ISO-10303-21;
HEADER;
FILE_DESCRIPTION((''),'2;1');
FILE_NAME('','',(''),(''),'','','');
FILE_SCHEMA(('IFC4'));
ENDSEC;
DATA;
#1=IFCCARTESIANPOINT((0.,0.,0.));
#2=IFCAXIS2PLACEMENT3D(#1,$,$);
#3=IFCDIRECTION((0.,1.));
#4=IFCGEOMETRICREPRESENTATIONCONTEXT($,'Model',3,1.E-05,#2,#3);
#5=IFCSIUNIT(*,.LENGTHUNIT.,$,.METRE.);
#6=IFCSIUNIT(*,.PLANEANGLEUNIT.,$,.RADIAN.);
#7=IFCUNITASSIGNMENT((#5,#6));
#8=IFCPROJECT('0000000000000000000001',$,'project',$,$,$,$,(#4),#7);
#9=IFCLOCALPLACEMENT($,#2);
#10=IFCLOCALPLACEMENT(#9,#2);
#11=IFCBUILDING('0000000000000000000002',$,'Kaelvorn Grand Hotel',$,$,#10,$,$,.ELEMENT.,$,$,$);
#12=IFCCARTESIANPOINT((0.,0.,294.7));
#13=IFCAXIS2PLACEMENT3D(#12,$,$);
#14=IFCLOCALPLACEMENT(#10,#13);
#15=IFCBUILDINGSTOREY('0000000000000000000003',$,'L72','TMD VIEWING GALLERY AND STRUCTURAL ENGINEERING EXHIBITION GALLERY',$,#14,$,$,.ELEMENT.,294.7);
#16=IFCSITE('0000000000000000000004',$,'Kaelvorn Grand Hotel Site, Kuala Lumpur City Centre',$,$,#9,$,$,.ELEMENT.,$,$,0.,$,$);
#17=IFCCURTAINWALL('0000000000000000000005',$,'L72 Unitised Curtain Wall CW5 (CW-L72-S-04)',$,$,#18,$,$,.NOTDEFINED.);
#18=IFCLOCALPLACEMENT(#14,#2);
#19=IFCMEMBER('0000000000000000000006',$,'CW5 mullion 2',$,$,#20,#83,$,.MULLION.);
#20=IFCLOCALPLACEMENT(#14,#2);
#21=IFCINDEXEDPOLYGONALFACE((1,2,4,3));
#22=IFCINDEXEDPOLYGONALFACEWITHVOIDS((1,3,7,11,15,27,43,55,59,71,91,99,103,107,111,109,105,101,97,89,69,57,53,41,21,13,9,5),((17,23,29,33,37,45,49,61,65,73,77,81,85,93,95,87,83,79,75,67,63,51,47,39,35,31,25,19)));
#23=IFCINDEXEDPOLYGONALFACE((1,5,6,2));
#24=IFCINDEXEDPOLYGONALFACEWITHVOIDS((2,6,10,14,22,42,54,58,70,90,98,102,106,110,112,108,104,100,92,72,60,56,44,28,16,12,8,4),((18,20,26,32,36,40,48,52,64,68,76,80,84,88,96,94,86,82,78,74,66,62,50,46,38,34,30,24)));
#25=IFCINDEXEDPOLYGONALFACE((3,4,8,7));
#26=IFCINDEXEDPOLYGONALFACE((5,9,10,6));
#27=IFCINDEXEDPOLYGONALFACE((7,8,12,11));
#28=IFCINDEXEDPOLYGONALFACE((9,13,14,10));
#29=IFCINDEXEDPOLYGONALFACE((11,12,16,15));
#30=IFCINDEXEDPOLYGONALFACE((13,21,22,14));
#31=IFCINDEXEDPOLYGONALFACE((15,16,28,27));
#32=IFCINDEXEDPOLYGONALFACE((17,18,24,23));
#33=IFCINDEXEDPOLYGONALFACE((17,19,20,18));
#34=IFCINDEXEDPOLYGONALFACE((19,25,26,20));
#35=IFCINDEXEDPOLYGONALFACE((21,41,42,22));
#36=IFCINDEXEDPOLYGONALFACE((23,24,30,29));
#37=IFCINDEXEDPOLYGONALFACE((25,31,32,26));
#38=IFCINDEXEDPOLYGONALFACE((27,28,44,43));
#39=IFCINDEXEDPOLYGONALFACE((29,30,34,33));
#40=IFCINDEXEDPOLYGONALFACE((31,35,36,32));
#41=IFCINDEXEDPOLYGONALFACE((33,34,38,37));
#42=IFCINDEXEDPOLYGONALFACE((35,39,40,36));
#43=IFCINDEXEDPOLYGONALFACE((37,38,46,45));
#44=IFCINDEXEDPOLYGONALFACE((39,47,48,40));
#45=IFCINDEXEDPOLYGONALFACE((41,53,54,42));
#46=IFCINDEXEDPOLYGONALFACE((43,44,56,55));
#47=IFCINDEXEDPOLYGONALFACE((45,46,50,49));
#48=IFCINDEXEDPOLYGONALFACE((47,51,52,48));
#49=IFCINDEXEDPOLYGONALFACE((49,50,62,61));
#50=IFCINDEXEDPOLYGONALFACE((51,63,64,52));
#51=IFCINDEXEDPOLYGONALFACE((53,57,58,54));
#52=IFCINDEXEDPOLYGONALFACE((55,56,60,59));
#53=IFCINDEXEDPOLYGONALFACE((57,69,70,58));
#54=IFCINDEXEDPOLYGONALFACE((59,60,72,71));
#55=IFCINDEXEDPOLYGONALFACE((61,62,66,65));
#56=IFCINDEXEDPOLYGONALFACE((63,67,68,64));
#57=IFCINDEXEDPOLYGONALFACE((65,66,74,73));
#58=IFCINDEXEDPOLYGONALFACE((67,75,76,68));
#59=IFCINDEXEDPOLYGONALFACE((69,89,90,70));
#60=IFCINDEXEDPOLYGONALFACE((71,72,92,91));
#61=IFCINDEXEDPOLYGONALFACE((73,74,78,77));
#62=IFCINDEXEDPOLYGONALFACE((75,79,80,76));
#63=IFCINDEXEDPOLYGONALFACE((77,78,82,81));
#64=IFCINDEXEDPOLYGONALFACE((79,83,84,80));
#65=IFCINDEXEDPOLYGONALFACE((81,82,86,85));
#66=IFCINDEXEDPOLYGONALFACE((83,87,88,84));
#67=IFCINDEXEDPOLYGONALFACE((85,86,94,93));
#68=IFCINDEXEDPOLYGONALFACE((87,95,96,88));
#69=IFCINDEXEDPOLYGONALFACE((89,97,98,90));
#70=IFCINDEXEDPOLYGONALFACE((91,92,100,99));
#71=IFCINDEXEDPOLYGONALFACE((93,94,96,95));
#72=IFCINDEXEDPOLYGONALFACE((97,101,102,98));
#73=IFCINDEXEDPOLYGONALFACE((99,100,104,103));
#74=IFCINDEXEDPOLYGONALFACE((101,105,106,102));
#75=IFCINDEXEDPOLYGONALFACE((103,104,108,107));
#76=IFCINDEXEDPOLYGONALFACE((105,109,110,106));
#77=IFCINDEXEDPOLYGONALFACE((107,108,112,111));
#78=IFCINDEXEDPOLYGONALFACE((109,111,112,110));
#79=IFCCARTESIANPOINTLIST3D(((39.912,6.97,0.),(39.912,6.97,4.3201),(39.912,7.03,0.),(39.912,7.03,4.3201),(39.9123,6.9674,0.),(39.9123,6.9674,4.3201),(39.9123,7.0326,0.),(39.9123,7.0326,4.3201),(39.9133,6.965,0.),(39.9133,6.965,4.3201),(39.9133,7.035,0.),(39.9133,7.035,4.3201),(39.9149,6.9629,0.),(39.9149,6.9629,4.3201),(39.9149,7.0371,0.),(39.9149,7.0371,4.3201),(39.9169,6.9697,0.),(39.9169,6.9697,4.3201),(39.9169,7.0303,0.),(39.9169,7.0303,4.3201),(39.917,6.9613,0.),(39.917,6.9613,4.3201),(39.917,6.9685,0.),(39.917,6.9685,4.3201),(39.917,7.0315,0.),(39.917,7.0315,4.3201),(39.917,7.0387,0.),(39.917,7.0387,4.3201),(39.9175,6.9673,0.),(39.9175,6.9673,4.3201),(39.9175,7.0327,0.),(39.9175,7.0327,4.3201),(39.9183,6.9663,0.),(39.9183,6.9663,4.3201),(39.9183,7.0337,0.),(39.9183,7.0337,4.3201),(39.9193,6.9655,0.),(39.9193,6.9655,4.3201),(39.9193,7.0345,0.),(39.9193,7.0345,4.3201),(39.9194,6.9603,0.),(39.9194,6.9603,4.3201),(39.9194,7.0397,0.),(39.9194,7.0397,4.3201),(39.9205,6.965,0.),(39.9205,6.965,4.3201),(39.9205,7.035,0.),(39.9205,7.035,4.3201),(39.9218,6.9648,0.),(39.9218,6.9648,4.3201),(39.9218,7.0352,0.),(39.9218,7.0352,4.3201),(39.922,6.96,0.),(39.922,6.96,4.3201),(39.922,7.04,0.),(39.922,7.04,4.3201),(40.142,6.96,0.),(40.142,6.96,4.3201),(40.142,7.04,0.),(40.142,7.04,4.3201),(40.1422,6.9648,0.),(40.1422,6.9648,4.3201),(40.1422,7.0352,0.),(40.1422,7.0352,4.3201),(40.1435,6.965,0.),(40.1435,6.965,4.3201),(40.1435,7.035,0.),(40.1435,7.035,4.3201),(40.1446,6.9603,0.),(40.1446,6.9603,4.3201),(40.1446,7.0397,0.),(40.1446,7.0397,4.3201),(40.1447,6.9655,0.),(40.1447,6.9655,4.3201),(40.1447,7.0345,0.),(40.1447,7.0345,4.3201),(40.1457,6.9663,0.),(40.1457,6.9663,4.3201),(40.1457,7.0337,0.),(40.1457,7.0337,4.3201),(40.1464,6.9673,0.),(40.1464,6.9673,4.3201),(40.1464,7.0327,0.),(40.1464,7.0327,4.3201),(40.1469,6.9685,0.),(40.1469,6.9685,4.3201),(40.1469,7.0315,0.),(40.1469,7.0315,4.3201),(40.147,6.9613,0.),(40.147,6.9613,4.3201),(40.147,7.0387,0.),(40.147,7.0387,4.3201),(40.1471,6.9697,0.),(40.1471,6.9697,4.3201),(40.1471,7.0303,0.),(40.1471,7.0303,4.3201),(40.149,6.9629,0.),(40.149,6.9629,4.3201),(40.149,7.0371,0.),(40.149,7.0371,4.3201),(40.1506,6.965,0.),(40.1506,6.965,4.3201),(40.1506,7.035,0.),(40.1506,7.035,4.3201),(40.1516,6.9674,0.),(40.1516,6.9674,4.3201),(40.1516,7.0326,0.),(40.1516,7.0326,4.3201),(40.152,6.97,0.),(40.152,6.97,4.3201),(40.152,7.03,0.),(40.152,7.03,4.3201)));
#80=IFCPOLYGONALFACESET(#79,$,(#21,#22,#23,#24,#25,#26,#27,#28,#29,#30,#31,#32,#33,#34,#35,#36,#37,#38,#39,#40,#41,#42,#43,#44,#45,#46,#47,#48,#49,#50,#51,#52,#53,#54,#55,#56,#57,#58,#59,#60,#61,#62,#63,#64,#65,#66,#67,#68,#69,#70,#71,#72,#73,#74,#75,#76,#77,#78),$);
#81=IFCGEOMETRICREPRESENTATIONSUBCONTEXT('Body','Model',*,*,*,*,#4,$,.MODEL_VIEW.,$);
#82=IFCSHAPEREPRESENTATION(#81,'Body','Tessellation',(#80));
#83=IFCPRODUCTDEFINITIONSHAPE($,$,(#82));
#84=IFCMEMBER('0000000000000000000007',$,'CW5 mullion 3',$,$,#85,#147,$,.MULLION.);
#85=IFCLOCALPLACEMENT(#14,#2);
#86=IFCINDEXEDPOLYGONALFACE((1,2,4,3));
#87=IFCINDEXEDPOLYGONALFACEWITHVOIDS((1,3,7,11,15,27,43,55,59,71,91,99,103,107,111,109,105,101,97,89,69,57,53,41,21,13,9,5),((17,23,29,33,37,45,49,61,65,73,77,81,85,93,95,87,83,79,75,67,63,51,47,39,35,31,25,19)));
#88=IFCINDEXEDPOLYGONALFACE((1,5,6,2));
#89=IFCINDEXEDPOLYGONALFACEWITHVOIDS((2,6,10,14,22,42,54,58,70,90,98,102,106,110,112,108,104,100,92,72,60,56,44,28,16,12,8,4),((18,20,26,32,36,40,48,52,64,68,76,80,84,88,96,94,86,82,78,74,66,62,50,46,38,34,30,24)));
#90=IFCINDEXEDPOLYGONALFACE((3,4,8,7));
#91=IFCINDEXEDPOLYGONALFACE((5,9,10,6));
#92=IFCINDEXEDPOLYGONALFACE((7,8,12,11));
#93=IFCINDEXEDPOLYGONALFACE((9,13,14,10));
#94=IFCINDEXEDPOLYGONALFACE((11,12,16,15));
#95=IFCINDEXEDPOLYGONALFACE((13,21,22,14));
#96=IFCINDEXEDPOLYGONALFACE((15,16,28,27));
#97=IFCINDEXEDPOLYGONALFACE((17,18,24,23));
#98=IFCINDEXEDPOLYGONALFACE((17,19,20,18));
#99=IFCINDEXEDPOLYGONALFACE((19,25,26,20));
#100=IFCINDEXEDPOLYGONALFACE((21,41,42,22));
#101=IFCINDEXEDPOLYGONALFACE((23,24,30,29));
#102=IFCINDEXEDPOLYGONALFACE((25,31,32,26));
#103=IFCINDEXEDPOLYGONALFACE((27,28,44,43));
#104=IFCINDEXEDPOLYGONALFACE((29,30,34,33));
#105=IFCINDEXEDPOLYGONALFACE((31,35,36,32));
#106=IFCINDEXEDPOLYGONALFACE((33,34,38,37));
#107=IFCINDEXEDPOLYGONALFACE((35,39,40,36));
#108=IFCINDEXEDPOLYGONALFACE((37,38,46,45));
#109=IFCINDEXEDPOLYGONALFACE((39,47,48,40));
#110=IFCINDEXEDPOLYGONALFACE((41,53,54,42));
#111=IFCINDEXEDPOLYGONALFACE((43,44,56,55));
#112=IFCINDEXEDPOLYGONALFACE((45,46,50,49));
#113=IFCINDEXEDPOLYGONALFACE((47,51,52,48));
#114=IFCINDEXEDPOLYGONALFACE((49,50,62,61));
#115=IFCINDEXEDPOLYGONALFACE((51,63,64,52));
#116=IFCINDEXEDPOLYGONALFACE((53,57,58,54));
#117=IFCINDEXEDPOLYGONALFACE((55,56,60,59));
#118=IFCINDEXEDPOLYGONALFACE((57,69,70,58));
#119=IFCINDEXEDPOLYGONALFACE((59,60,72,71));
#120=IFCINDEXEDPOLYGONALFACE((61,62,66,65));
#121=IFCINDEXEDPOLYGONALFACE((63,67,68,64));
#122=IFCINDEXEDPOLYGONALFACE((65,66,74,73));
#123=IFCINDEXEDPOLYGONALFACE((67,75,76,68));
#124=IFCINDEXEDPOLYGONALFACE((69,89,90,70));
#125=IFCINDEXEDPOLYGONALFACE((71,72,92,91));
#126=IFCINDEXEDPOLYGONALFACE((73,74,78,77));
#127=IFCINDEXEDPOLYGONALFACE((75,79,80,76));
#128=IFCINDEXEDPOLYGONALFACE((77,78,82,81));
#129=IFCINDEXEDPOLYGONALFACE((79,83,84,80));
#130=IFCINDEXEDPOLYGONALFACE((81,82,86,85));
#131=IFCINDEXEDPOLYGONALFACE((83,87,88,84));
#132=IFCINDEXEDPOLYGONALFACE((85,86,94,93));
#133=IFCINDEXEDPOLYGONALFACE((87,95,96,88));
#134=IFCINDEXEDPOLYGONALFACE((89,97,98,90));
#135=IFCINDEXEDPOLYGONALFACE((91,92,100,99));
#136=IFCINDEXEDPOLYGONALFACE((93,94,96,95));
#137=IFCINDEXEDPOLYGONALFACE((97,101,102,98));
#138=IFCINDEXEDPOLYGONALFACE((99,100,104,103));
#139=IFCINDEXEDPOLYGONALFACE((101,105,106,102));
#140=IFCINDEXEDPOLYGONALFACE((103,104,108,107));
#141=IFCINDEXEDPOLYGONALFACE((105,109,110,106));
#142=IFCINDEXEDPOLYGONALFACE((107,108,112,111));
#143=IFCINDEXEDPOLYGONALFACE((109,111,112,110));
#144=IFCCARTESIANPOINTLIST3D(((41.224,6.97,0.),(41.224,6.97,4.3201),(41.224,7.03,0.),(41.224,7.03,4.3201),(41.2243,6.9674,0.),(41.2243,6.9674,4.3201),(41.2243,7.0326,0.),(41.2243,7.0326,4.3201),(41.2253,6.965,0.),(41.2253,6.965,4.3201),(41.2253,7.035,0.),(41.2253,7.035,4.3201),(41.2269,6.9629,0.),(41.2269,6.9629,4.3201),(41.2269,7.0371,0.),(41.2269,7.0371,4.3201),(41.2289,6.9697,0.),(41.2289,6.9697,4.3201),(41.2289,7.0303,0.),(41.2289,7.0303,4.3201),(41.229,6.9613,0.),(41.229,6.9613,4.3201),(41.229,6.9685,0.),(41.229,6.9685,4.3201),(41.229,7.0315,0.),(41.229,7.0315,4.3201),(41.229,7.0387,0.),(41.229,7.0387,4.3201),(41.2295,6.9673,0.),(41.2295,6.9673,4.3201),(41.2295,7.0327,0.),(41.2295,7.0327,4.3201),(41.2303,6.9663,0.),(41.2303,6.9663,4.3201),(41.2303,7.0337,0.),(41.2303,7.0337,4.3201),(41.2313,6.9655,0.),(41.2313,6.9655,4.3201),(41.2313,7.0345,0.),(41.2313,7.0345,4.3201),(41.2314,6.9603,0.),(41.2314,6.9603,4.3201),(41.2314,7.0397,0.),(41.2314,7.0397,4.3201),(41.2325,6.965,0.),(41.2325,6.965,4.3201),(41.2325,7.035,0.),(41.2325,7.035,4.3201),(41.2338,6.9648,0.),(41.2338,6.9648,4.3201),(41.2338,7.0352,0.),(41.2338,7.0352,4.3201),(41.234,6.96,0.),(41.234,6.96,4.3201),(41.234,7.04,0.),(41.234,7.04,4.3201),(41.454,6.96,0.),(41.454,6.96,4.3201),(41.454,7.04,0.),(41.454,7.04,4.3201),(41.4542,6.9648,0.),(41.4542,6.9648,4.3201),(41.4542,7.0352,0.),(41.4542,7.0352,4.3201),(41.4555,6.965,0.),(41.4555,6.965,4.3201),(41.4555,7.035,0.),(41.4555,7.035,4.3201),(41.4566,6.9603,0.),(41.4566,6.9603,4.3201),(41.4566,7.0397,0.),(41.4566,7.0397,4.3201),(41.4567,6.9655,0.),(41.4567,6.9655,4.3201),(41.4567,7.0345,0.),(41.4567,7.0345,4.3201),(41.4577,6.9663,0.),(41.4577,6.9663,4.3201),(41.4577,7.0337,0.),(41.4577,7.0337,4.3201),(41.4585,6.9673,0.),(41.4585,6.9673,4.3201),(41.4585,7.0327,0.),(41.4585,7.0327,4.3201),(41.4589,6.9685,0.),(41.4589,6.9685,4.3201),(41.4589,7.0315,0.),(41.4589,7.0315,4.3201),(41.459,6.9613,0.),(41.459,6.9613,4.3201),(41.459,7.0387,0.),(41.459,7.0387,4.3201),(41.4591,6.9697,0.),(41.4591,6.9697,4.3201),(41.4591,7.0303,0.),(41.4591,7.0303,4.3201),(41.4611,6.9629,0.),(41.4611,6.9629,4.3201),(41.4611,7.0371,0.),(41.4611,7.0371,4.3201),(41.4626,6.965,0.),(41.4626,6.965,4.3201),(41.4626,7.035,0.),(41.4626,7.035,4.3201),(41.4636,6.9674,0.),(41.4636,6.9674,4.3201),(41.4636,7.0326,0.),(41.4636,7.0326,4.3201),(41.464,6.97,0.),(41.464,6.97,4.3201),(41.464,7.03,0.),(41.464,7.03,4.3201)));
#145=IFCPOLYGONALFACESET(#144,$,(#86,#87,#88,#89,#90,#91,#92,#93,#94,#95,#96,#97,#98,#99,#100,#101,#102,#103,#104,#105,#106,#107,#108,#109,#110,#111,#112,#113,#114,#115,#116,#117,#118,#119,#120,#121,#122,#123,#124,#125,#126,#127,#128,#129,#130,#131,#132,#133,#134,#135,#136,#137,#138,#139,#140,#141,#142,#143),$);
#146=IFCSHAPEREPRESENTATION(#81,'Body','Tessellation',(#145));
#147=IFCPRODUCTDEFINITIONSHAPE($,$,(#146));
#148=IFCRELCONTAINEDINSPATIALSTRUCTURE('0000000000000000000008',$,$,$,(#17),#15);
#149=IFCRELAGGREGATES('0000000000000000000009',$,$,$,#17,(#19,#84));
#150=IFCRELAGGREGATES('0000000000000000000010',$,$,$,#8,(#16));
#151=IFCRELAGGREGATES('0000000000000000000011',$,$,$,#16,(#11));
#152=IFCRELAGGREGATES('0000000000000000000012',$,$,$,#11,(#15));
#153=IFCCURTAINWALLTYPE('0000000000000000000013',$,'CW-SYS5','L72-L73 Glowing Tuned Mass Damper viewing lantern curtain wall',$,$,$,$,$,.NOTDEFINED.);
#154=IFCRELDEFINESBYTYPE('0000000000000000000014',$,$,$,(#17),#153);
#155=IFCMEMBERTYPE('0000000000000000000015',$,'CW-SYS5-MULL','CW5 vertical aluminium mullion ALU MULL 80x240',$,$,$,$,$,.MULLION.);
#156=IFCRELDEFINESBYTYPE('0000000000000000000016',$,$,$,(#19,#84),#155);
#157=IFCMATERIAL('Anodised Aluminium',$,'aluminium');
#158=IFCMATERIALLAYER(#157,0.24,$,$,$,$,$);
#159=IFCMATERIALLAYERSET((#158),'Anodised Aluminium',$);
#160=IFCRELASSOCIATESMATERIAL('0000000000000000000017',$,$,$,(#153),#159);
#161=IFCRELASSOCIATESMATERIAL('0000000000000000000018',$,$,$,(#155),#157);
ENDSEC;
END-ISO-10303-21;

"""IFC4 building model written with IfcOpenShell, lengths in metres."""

from ifc_helpers import new_model, si_unit, direction, frame, origin, origin_2d, place, context, subcontext, project, spatial, hollow_rectangle, extrude, material, layer, layer_set, material_profile, profile_set, type_object, element, aggregate, save


model = new_model("IFC4")

# Units and contexts
model_context = context("Model", 3, precision=1e-05, world=origin(), true_north=direction((0.0, 1.0)))
body_context = subcontext(model_context, "Body", "Model", "MODEL_VIEW")
ifc_project = project(units=[si_unit("LENGTHUNIT", "METRE"), si_unit("PLANEANGLEUNIT", "RADIAN")], contexts=[model_context])

# Site, building, storey
site_placement = place(None, origin())
site = spatial("IfcSite", under=ifc_project, at=site_placement, Name="Kaelvorn Grand Hotel Site, Kuala Lumpur City Centre", CompositionType="ELEMENT", RefElevation=0.0)
building_placement = place(site_placement, origin())
building = spatial("IfcBuilding", under=site, at=building_placement, Name="Kaelvorn Grand Hotel", CompositionType="ELEMENT")
storey_placement = place(building_placement, frame((0.0, 0.0, 294.7)))
storey = spatial("IfcBuildingStorey", under=building, at=storey_placement, Name="L72", Description="TMD VIEWING GALLERY AND STRUCTURAL ENGINEERING EXHIBITION GALLERY", CompositionType="ELEMENT", Elevation=294.7)

# Curtain wall, members
ifc_material_1 = material(Name="Anodised Aluminium", Category="aluminium")
ifc_layer_1 = layer(ifc_material_1, 0.24)
ifc_layer_set_1 = layer_set([ifc_layer_1], Name="Anodised Aluminium")
curtain_wall_type = type_object("IfcCurtainWallType", Name="CW-SYS5", Description="L72-L73 Glowing Tuned Mass Damper viewing lantern curtain wall", PredefinedType="NOTDEFINED", material=ifc_layer_set_1)
curtain_wall_placement = place(storey_placement, origin())
curtain_wall = element("IfcCurtainWall", 1, at=curtain_wall_placement, inside=storey, type_object=curtain_wall_type, Name="L72 Unitised Curtain Wall CW5 (CW-L72-S-04)", PredefinedType="NOTDEFINED")
ifc_material_profile_1 = material_profile(ifc_material_1, hollow_rectangle(XDim=0.0801, YDim=0.24, WallThickness=0.0049, InnerFilletRadius=0.0049, OuterFilletRadius=0.01, at=origin_2d()), Name="ALU MULL 80x240")
ifc_profile_set_1 = profile_set([ifc_material_profile_1], Name="Anodised Aluminium")
member_type_1 = type_object("IfcMemberType", Name="CW-SYS5-MULL", Description="CW5 vertical aluminium mullion ALU MULL 80x240", PredefinedType="MULLION", material=ifc_profile_set_1)
member_1_placement = place(storey_placement, frame((40.032, 7.0, 0.0), z_axis=(0.0, 0.0, 1.0), x_axis=(0.0, 1.0, 0.0)))
member_1 = element("IfcMember", 2, at=member_1_placement, type_object=member_type_1, Name="CW5 mullion 2", PredefinedType="MULLION", context=body_context, shape_type="SweptSolid", body=[
    extrude(hollow_rectangle(XDim=0.0801, YDim=0.24, WallThickness=0.0049, InnerFilletRadius=0.0049, OuterFilletRadius=0.01, at=origin_2d()), origin(), (0.0, 0.0, 1.0), 4.3201),
])
member_2_placement = place(storey_placement, frame((41.344, 7.0, 0.0), z_axis=(0.0, 0.0, 1.0), x_axis=(0.0, 1.0, 0.0)))
member_2 = element("IfcMember", 3, at=member_2_placement, type_object=member_type_1, Name="CW5 mullion 3", PredefinedType="MULLION", context=body_context, shape_type="SweptSolid", body=[
    extrude(hollow_rectangle(XDim=0.0801, YDim=0.24, WallThickness=0.0049, InnerFilletRadius=0.0049, OuterFilletRadius=0.01, at=origin_2d()), origin(), (0.0, 0.0, 1.0), 4.3201),
])

aggregate(curtain_wall, [member_1, member_2])

save(model, "model.ifc")
